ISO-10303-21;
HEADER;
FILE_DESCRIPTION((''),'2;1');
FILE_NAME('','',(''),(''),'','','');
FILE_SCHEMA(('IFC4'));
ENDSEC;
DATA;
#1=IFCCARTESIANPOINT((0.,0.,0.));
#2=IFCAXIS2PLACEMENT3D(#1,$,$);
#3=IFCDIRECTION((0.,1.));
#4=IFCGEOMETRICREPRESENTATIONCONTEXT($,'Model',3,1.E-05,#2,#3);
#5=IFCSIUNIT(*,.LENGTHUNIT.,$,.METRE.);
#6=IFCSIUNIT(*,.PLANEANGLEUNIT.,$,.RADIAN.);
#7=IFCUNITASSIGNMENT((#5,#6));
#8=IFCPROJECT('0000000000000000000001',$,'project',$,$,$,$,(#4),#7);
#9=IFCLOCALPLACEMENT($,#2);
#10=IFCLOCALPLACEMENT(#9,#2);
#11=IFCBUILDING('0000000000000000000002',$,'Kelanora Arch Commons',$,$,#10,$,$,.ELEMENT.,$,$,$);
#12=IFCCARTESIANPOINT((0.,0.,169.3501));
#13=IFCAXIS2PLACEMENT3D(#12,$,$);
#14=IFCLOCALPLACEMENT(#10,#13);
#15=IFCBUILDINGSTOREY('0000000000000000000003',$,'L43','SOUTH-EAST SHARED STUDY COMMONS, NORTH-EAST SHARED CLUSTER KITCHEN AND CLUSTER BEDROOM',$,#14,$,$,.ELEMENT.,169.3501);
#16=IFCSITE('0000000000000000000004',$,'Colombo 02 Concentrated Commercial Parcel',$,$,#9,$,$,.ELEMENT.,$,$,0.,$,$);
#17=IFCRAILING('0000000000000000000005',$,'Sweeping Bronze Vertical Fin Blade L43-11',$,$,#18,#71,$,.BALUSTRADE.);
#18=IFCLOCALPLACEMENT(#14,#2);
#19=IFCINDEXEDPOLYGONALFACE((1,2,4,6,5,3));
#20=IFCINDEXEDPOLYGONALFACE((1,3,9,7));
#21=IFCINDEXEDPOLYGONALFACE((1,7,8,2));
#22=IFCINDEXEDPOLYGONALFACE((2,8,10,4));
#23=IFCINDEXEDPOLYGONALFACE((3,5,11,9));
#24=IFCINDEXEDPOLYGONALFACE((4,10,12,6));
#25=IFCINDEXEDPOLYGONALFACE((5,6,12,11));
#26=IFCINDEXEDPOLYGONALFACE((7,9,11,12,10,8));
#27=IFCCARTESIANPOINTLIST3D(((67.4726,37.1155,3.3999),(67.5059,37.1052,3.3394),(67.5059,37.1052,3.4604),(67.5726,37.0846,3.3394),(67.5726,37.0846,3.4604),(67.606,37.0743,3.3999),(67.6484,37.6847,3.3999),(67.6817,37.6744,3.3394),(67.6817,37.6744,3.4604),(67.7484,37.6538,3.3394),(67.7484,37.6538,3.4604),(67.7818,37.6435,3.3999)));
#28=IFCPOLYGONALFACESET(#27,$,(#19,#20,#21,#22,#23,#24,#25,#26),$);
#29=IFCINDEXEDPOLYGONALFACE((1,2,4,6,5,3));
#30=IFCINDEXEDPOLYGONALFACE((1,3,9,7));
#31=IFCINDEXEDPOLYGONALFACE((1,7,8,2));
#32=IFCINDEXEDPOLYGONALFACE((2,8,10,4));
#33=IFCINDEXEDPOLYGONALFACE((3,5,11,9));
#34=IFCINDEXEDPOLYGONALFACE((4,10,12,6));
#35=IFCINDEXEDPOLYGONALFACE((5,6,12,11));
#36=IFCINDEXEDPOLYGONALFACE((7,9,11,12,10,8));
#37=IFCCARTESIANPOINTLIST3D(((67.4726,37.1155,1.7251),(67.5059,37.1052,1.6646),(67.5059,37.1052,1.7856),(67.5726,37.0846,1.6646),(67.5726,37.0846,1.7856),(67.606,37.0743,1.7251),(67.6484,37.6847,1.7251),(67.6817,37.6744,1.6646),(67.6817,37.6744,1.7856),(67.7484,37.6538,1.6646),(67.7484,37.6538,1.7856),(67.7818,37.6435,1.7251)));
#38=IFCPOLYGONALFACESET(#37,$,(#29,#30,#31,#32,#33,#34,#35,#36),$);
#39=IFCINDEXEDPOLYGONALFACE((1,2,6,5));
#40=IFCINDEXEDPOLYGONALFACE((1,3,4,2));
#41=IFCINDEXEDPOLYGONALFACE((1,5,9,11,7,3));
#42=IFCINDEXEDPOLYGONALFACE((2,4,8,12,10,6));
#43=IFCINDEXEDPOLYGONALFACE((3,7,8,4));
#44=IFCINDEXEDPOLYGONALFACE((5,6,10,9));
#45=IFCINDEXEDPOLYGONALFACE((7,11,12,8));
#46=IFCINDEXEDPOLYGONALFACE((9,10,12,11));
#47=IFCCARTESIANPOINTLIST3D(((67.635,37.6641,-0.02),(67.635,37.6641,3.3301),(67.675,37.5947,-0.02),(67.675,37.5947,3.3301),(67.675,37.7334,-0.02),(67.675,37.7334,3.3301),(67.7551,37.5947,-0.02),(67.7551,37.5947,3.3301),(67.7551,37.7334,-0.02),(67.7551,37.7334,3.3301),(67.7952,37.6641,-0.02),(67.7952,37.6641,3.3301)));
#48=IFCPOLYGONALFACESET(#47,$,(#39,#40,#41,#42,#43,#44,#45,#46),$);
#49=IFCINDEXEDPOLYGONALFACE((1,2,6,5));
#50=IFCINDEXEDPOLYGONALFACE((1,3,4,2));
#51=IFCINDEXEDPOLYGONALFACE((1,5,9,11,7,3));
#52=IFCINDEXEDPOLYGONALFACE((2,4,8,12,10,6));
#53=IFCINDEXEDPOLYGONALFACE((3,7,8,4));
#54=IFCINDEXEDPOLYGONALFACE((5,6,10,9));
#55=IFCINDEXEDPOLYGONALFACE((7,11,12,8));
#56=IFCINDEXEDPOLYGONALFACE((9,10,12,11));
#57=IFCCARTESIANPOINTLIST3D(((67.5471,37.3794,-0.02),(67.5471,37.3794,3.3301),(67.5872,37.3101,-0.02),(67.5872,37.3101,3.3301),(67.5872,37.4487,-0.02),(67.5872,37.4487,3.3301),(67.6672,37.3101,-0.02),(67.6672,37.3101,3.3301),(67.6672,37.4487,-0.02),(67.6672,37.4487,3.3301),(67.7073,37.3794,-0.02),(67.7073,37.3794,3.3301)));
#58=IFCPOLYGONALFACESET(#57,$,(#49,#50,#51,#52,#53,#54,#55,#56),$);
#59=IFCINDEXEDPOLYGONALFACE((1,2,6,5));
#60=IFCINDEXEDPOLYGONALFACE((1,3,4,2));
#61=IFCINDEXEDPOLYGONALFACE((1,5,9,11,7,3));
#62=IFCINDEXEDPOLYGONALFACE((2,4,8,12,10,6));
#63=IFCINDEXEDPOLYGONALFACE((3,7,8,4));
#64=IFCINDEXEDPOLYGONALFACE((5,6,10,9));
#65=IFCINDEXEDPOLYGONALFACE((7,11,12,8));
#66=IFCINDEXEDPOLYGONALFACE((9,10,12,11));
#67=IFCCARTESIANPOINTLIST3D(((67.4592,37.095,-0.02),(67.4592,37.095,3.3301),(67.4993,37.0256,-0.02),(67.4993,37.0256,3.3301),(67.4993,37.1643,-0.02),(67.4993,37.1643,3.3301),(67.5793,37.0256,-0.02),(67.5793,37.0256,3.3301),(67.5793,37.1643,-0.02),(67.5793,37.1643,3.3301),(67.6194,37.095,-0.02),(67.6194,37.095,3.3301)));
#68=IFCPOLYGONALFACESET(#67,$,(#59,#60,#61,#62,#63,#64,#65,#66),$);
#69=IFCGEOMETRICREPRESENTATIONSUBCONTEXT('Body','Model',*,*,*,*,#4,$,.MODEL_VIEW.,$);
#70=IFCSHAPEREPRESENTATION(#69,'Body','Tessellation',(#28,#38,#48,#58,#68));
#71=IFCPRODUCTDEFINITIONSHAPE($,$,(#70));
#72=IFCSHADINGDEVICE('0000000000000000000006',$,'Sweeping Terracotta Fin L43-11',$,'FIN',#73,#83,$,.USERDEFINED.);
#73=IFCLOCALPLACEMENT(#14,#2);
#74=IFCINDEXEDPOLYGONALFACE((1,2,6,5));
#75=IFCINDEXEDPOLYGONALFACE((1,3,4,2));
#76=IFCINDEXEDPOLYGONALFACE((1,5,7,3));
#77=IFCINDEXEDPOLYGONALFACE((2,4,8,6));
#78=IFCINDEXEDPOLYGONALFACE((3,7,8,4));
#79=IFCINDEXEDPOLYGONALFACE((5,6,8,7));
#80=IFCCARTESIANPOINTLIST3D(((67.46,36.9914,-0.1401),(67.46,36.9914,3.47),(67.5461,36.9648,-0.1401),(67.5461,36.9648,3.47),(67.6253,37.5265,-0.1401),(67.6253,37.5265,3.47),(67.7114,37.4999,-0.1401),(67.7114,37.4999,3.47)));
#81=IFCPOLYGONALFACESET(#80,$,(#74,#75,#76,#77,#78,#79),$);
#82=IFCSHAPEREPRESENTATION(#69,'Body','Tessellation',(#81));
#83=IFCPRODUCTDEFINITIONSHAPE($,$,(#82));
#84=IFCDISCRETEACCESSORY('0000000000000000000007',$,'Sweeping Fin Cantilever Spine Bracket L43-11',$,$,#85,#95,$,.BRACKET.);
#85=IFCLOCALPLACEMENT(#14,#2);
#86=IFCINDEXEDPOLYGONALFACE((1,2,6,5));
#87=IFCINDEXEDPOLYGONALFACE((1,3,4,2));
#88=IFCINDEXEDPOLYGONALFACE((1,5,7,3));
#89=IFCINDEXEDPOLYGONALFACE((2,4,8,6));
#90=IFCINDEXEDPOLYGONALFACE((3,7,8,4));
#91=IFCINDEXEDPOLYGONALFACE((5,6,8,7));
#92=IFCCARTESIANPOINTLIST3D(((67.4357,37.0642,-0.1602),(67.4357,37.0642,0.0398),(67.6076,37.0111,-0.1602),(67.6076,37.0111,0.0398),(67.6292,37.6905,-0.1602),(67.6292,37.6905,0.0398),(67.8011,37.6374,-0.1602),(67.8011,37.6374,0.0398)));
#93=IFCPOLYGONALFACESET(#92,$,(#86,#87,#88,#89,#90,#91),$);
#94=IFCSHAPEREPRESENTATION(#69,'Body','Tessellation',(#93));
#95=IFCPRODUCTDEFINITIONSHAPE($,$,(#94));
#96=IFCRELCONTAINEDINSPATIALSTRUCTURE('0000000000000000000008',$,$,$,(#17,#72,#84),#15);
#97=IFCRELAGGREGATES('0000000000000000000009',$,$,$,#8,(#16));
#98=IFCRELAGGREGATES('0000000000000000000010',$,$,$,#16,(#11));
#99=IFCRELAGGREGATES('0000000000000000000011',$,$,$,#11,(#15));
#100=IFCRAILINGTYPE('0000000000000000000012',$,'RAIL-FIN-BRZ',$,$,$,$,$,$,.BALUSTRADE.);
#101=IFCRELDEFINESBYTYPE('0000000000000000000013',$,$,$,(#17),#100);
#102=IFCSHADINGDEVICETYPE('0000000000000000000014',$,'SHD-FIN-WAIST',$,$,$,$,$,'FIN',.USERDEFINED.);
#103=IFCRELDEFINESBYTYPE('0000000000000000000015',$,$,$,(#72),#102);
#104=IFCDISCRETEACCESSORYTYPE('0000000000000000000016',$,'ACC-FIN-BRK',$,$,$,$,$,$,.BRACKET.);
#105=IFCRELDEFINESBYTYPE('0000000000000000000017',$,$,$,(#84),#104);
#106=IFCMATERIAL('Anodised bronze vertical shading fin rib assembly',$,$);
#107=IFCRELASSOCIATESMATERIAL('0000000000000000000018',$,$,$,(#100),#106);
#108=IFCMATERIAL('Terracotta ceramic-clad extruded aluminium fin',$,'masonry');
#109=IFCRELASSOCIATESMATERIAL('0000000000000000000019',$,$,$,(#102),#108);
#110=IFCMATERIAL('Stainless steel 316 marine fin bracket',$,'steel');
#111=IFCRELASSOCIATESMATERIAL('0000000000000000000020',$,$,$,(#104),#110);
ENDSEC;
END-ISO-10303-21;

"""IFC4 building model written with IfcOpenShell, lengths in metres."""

from ifc_helpers import new_model, si_unit, direction, frame, origin, origin_2d, place, context, subcontext, project, spatial, polyline, rectangle, outline, extrude, source, transform, mapped, material, type_object, element, save


model = new_model("IFC4")

# Units and contexts
model_context = context("Model", 3, precision=1e-05, world=origin(), true_north=direction((0.0, 1.0)))
body_context = subcontext(model_context, "Body", "Model", "MODEL_VIEW")
ifc_project = project(units=[si_unit("LENGTHUNIT", "METRE"), si_unit("PLANEANGLEUNIT", "RADIAN")], contexts=[model_context])

# Site, building, storey
site_placement = place(None, origin())
site = spatial("IfcSite", under=ifc_project, at=site_placement, Name="Colombo 02 Concentrated Commercial Parcel", CompositionType="ELEMENT", RefElevation=0.0)
building_placement = place(site_placement, origin())
building = spatial("IfcBuilding", under=site, at=building_placement, Name="Kelanora Arch Commons", CompositionType="ELEMENT")
storey_placement = place(building_placement, frame((0.0, 0.0, 169.3501)))
storey = spatial("IfcBuildingStorey", under=building, at=storey_placement, Name="L43", Description="SOUTH-EAST SHARED STUDY COMMONS, NORTH-EAST SHARED CLUSTER KITCHEN AND CLUSTER BEDROOM", CompositionType="ELEMENT", Elevation=169.3501)

# Railing
ifc_material_1 = material(Name="Anodised bronze vertical shading fin rib assembly")
railing_type = type_object("IfcRailingType", Name="RAIL-FIN-BRZ", PredefinedType="BALUSTRADE", material=ifc_material_1)
railing_1_placement = place(storey_placement, frame((67.7151, 37.6641, -0.02)))
element("IfcRailing", 1, at=railing_1_placement, inside=storey, type_object=railing_type, Name="Sweeping Bronze Vertical Fin Blade L43-11", PredefinedType="BALUSTRADE", context=body_context, shape_type="SweptSolid", body=[
    extrude(outline(polyline([(0.0698, 0.0), (0.0349, 0.0605), (-0.0349, 0.0605), (-0.0698, 0.0), (-0.0349, -0.0605), (0.0349, -0.0605), (0.0698, 0.0)])), frame((0.0, 0.0, 3.4199), z_axis=(-0.295123, -0.955459, 0.0), x_axis=(0.955459, -0.295123, 0.0)), (0.0, 0.0, 1.0), 0.5957),
    extrude(outline(polyline([(0.0698, 0.0), (0.0349, 0.0605), (-0.0349, 0.0605), (-0.0698, 0.0), (-0.0349, -0.0605), (0.0349, -0.0605), (0.0698, 0.0)])), frame((0.0, 0.0, 1.7451), z_axis=(-0.295123, -0.955459, 0.0), x_axis=(0.955459, -0.295123, 0.0)), (0.0, 0.0, 1.0), 0.5957),
    extrude(outline(polyline([(0.0801, 0.0), (0.04, 0.0693), (-0.04, 0.0693), (-0.0801, 0.0), (-0.04, -0.0693), (0.04, -0.0693), (0.0801, 0.0)])), origin(), (0.0, 0.0, 1.0), 3.3501),
    extrude(outline(polyline([(0.0801, 0.0), (0.04, 0.0693), (-0.04, 0.0693), (-0.0801, 0.0), (-0.04, -0.0693), (0.04, -0.0693), (0.0801, 0.0)])), frame((-0.0879, -0.2847, 0.0)), (0.0, 0.0, 1.0), 3.3501),
    extrude(outline(polyline([(0.0801, 0.0), (0.04, 0.0693), (-0.04, 0.0693), (-0.0801, 0.0), (-0.04, -0.0693), (0.04, -0.0693), (0.0801, 0.0)])), frame((-0.1758, -0.5691, 0.0)), (0.0, 0.0, 1.0), 3.3501),
])

# Shading device
ifc_material_2 = material(Name="Terracotta ceramic-clad extruded aluminium fin", Category="masonry")
shading_device_type = type_object("IfcShadingDeviceType", Name="SHD-FIN-WAIST", ElementType="FIN", PredefinedType="USERDEFINED", material=ifc_material_2)
shared_shape_1 = source(origin(), body_context, "Body", "SweptSolid", [
    extrude(rectangle(XDim=0.5601, YDim=0.0901, at=origin_2d()), origin(), (0.0, 0.0, 1.0), 3.6101),
])
shading_device_placement = place(storey_placement, frame((67.5857, 37.2456, -0.1401), z_axis=(0.0, 0.0, 1.0), x_axis=(-0.295208, -0.955433, 0.0)))
element("IfcShadingDevice", 2, at=shading_device_placement, inside=storey, type_object=shading_device_type, Name="Sweeping Terracotta Fin L43-11", ObjectType="FIN", PredefinedType="USERDEFINED", context=body_context, shape_type="MappedRepresentation", body=[
    mapped(shared_shape_1, transform((0.0, 0.0, 0.0), scale=1.0)),
])

# Discrete accessory
ifc_material_3 = material(Name="Stainless steel 316 marine fin bracket", Category="steel")
discrete_accessory_type = type_object("IfcDiscreteAccessoryType", Name="ACC-FIN-BRK", PredefinedType="BRACKET", material=ifc_material_3)
shared_shape_2 = source(origin(), body_context, "Body", "SweptSolid", [
    extrude(rectangle(XDim=0.6555, YDim=0.1799, at=origin_2d()), origin(), (0.0, 0.0, 1.0), 0.2),
])
discrete_accessory_placement = place(storey_placement, frame((67.6184, 37.3508, -0.1602), z_axis=(0.0, 0.0, 1.0), x_axis=(-0.295208, -0.955433, 0.0)))
element("IfcDiscreteAccessory", 3, at=discrete_accessory_placement, inside=storey, type_object=discrete_accessory_type, Name="Sweeping Fin Cantilever Spine Bracket L43-11", PredefinedType="BRACKET", context=body_context, shape_type="MappedRepresentation", body=[
    mapped(shared_shape_2, transform((0.0, 0.0, 0.0), scale=1.0)),
])

save(model, "model.ifc")
